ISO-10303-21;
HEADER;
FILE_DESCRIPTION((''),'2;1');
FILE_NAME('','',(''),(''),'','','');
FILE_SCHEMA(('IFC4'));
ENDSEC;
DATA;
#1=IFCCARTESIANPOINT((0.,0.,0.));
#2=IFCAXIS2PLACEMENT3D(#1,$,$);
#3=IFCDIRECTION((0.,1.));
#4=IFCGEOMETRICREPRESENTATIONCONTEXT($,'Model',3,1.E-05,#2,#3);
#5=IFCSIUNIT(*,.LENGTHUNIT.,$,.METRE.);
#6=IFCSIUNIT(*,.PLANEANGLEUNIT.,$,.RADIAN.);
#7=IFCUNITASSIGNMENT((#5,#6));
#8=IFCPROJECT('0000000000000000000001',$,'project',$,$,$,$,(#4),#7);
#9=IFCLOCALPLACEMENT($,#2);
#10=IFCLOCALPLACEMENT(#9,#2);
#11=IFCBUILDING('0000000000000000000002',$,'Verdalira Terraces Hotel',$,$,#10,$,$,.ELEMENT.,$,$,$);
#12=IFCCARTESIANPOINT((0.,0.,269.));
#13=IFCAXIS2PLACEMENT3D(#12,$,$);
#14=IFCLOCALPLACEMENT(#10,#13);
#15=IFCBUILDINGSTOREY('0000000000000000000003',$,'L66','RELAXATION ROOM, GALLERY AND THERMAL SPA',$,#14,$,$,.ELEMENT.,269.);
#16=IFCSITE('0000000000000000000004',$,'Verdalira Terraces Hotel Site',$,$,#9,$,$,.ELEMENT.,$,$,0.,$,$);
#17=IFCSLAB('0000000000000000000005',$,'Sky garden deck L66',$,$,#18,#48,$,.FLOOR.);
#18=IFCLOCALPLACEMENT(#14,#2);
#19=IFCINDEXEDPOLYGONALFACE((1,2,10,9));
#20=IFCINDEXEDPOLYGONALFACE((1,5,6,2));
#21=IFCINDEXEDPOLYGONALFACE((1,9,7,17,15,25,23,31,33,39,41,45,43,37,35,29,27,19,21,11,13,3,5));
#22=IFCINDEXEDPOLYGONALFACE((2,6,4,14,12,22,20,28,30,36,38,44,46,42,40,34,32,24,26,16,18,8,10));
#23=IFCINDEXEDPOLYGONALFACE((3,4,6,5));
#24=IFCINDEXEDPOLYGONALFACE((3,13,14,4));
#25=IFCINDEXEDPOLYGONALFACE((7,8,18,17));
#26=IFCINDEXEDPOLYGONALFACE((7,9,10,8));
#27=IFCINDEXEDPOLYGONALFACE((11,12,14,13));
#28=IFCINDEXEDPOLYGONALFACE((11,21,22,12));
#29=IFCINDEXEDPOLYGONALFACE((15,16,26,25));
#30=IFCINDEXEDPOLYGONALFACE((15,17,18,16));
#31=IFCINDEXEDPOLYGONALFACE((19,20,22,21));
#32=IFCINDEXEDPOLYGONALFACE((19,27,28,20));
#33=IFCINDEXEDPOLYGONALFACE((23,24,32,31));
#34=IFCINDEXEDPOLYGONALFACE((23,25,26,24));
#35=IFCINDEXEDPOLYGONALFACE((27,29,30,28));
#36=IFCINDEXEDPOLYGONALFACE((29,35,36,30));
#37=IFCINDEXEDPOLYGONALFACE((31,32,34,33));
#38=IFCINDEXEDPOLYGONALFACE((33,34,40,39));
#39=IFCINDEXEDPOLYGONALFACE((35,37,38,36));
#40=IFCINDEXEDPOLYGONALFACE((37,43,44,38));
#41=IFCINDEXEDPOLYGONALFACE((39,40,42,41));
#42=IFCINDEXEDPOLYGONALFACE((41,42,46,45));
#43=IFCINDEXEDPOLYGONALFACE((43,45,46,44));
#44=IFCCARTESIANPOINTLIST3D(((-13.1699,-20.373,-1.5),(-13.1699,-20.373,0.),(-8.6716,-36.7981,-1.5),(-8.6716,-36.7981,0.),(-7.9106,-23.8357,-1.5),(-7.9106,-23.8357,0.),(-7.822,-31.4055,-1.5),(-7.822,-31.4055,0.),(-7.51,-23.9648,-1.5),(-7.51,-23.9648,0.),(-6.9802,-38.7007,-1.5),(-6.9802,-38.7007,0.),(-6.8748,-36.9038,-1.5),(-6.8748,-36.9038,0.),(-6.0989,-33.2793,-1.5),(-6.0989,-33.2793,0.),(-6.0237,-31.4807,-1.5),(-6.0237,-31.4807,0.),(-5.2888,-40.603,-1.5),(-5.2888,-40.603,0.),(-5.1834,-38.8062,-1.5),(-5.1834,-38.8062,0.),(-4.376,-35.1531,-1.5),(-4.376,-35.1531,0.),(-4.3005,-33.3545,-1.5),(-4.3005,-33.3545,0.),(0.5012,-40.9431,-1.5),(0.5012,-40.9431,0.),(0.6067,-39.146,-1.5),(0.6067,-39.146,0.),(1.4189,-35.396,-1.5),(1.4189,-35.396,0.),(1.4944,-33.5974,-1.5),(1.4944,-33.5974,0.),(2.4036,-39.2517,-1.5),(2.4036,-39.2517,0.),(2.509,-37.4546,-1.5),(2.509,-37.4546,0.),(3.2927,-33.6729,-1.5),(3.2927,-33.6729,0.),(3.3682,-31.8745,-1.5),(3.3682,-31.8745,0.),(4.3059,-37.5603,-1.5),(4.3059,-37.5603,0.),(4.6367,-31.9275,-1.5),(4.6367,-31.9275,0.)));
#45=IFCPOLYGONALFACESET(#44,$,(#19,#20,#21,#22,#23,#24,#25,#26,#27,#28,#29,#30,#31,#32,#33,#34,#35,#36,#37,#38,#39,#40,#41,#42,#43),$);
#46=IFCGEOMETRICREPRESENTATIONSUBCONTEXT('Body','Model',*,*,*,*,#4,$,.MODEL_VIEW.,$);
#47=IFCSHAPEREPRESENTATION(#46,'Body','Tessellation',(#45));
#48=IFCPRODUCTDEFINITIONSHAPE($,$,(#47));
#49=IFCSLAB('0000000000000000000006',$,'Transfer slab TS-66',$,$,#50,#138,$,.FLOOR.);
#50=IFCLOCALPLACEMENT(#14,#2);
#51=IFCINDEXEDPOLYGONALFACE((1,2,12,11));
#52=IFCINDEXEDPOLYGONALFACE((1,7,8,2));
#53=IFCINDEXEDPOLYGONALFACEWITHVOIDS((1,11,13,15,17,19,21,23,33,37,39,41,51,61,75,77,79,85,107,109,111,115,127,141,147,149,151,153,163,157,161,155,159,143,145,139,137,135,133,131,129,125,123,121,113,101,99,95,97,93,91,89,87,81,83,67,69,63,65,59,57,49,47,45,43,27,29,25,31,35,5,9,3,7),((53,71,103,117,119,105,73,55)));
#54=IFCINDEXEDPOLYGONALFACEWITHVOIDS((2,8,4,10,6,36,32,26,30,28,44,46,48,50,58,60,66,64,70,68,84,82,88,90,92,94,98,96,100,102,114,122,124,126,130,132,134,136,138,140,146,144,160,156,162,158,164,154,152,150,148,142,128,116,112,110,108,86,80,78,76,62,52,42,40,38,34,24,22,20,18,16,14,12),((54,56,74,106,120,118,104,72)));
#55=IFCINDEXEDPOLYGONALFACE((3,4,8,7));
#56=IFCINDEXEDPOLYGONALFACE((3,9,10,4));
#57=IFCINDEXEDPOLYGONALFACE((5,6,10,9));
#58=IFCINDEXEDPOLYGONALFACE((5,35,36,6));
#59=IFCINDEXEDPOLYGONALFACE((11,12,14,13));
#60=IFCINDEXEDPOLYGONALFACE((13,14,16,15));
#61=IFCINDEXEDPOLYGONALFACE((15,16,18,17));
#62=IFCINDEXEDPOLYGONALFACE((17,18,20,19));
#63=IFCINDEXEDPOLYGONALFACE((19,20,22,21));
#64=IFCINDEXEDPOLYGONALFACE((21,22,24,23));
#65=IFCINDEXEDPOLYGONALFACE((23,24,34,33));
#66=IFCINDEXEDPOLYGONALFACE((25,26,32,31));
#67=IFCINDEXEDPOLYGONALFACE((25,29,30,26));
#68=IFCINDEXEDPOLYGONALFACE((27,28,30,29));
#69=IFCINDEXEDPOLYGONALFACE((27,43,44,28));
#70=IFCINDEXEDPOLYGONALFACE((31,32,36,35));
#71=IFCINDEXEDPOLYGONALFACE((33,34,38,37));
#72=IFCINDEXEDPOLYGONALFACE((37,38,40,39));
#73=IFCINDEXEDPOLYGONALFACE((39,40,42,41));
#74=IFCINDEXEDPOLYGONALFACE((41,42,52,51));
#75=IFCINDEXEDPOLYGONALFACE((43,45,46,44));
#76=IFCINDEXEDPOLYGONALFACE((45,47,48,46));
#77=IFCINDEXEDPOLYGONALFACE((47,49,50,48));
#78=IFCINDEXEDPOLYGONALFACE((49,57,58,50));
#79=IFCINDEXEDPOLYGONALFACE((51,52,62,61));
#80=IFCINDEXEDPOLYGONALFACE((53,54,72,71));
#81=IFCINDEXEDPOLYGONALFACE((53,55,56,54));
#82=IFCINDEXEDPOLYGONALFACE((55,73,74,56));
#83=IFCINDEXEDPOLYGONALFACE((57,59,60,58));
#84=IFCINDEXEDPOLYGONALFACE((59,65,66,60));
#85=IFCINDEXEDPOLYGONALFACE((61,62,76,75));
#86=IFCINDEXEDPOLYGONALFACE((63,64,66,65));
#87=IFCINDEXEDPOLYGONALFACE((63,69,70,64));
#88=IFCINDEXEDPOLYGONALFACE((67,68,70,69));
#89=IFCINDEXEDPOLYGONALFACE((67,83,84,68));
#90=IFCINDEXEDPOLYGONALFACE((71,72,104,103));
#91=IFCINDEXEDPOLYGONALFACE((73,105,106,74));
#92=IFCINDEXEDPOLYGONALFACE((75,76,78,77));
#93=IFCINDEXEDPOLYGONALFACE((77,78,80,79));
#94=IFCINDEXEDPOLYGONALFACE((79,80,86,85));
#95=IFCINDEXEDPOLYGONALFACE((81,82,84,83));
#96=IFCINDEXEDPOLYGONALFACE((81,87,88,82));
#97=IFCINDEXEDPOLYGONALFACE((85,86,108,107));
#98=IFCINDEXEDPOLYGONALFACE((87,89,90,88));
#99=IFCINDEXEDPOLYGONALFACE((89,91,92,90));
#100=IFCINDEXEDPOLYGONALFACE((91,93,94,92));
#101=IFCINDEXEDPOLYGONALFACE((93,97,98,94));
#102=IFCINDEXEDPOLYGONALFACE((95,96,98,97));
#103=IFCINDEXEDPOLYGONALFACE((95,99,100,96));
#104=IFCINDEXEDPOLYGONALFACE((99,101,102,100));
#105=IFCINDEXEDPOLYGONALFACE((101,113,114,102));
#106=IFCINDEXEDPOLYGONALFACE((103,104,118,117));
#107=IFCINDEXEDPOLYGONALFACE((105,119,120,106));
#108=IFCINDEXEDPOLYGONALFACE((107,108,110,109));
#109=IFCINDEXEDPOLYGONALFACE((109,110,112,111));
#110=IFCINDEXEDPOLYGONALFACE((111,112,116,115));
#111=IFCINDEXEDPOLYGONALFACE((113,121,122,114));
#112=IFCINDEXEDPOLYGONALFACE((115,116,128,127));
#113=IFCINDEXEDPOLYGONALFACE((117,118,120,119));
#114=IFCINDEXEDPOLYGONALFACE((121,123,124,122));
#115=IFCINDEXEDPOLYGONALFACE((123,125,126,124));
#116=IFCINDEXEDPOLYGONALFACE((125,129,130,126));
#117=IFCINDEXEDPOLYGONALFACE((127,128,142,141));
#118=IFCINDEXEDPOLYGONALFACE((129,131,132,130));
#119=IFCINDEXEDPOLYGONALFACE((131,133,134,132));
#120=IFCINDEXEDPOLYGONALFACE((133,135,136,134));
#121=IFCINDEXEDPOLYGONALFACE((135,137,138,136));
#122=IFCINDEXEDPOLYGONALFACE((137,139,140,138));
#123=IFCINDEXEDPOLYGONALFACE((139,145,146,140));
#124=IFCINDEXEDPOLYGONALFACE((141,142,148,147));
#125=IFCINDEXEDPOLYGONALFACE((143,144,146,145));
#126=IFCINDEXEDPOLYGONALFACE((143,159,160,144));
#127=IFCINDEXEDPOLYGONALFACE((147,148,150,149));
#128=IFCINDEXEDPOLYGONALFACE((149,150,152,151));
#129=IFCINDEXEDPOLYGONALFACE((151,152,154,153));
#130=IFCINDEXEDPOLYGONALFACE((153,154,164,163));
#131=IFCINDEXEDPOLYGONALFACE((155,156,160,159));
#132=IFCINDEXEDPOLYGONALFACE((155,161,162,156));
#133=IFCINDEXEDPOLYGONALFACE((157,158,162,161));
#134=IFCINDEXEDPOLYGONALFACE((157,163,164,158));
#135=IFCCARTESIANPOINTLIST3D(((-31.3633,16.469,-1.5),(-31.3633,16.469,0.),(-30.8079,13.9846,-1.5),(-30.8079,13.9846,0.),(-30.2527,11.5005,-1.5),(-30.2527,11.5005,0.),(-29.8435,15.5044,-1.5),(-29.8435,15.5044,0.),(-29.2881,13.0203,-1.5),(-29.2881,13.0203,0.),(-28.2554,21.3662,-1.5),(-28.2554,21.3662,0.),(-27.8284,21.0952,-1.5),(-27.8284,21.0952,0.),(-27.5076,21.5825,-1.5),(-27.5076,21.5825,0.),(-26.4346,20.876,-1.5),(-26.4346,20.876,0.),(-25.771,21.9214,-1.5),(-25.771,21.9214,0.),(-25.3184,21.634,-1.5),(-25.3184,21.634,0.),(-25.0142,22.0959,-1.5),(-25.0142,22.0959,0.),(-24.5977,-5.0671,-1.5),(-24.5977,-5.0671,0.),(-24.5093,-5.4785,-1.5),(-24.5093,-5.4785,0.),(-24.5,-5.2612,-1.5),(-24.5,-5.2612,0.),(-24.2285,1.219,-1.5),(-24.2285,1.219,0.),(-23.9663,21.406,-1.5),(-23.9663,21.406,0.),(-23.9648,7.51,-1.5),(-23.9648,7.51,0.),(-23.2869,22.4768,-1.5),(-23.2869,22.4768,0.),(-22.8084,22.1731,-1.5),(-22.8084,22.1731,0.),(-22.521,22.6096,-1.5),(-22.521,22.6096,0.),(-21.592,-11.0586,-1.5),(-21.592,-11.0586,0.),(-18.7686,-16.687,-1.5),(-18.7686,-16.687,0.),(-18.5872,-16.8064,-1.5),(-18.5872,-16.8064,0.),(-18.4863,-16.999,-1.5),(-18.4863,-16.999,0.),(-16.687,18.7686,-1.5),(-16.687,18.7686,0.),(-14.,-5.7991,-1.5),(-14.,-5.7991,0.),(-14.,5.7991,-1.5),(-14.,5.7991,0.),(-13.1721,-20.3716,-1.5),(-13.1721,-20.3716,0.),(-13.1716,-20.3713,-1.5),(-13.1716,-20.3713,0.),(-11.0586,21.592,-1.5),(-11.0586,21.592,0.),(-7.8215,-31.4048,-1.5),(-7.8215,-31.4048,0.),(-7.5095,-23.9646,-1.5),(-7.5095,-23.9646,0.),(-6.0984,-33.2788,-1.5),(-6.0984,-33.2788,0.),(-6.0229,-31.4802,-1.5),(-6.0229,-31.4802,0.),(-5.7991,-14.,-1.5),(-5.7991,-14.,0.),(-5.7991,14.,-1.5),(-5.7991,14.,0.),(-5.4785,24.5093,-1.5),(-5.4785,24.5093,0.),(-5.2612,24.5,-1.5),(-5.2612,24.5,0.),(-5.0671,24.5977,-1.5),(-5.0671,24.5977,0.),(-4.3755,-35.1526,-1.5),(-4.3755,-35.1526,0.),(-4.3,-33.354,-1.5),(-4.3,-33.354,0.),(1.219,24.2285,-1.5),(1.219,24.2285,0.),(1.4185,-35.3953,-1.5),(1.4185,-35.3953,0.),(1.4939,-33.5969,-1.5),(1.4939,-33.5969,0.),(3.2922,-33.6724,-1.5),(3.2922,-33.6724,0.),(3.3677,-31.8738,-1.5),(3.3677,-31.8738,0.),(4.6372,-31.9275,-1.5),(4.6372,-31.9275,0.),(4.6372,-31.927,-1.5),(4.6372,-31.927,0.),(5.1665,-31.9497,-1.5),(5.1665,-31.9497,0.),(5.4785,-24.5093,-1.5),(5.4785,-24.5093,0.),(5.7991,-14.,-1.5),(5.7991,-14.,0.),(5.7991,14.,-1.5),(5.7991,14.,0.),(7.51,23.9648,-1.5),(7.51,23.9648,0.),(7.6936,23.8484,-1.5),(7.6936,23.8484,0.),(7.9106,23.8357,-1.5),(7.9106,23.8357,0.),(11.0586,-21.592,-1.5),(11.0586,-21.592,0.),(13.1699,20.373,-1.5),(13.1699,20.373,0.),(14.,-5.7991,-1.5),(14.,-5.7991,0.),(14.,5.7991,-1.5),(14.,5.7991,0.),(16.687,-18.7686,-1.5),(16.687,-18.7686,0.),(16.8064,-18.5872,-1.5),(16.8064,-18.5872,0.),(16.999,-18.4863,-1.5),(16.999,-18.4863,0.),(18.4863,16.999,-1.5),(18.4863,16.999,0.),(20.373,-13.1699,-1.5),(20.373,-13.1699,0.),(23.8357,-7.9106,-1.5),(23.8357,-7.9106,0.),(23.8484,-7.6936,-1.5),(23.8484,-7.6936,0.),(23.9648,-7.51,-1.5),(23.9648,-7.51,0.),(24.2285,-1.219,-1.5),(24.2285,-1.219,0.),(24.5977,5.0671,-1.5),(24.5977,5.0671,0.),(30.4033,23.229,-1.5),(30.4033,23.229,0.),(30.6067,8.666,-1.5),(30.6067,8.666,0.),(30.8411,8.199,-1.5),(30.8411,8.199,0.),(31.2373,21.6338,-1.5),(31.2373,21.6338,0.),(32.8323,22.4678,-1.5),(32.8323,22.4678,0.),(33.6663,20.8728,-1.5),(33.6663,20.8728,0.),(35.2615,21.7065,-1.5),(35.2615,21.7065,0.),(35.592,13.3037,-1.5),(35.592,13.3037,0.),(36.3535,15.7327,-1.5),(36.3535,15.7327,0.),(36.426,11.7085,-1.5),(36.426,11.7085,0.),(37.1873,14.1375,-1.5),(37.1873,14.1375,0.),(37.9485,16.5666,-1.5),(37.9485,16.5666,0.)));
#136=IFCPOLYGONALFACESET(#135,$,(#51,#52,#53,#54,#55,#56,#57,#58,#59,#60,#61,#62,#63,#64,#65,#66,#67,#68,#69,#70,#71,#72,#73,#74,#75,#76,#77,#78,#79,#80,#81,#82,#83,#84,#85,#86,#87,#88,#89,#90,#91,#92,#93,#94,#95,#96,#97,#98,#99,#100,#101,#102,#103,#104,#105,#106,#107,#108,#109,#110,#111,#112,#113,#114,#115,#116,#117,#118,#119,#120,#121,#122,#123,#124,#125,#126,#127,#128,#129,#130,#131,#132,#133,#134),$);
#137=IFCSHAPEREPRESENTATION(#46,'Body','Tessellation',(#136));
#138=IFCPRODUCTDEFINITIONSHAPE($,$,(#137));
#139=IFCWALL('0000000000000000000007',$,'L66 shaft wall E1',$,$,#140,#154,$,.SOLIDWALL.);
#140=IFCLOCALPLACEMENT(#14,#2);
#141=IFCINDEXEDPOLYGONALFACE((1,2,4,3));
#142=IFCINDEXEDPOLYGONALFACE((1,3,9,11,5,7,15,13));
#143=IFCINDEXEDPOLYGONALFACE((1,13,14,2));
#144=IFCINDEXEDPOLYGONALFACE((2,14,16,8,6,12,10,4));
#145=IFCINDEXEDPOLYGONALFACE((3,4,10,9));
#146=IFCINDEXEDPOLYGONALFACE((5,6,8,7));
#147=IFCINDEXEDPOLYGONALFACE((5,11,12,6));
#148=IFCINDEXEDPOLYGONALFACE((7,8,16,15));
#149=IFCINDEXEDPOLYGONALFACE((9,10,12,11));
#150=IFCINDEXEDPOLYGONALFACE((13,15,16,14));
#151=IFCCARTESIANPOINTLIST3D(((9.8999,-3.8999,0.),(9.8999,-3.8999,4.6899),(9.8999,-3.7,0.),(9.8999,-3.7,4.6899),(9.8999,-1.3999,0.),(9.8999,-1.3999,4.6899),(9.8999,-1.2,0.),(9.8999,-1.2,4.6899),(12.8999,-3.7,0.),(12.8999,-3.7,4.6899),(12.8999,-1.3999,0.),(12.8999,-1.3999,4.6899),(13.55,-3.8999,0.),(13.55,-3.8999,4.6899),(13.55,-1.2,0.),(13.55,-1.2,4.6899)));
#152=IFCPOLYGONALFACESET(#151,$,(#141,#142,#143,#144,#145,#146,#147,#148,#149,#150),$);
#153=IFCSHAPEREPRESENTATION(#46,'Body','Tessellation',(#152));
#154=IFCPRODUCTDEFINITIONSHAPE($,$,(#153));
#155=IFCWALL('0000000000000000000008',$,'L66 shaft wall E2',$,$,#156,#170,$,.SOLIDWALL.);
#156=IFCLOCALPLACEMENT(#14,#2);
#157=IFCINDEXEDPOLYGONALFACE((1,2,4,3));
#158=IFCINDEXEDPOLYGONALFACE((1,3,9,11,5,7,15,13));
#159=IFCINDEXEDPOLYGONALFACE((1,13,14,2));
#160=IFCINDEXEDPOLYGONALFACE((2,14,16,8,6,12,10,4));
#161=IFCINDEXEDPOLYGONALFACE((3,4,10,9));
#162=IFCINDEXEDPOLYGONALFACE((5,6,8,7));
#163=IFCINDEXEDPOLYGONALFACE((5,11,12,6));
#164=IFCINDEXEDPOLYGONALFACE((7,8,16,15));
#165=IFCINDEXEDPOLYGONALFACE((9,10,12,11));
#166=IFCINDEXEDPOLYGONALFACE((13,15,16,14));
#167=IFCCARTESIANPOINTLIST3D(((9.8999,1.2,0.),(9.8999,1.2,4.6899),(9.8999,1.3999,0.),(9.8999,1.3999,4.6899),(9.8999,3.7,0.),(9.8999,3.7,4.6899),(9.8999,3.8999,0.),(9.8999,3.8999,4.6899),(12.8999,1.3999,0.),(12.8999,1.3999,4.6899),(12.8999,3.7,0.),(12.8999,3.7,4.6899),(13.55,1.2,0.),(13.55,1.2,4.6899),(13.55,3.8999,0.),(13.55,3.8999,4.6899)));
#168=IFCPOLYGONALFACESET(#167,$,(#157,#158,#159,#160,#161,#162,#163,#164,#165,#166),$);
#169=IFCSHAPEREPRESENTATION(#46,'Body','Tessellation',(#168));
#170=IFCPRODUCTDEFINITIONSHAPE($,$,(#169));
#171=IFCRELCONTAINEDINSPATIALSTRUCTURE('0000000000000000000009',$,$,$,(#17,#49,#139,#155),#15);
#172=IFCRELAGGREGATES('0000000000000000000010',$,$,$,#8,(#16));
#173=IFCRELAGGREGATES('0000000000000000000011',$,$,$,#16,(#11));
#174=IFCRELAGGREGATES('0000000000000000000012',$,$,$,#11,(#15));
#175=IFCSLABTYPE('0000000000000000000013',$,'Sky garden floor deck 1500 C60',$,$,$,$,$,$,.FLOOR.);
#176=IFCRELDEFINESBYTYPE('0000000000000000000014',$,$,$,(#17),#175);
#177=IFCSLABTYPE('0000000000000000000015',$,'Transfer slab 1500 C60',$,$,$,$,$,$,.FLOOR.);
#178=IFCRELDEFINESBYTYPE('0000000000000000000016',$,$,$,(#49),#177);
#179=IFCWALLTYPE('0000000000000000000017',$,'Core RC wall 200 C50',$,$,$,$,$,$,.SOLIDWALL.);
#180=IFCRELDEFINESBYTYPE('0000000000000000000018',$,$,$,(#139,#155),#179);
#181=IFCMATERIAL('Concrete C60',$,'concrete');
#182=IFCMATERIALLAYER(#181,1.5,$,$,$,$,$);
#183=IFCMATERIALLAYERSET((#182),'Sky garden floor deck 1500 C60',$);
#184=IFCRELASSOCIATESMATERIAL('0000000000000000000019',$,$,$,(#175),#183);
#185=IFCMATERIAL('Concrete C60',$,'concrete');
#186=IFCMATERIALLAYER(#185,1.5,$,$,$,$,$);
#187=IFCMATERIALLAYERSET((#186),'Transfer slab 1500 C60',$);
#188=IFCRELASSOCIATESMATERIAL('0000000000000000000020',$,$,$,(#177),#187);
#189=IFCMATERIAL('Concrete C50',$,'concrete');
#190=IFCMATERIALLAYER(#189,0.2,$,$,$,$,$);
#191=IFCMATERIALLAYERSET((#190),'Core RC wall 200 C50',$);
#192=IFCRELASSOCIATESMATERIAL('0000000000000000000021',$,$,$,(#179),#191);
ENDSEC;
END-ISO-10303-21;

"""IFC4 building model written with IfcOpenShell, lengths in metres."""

from ifc_helpers import new_model, si_unit, direction, frame, origin, place, context, subcontext, project, spatial, polyline, outline, extrude, material, layer, layer_set, type_object, element, save


model = new_model("IFC4")

# Units and contexts
model_context = context("Model", 3, precision=1e-05, world=origin(), true_north=direction((0.0, 1.0)))
body_context = subcontext(model_context, "Body", "Model", "MODEL_VIEW")
ifc_project = project(units=[si_unit("LENGTHUNIT", "METRE"), si_unit("PLANEANGLEUNIT", "RADIAN")], contexts=[model_context])

# Site, building, storey
site_placement = place(None, origin())
site = spatial("IfcSite", under=ifc_project, at=site_placement, Name="Verdalira Terraces Hotel Site", CompositionType="ELEMENT", RefElevation=0.0)
building_placement = place(site_placement, origin())
building = spatial("IfcBuilding", under=site, at=building_placement, Name="Verdalira Terraces Hotel", CompositionType="ELEMENT")
storey_placement = place(building_placement, frame((0.0, 0.0, 269.0)))
storey = spatial("IfcBuildingStorey", under=building, at=storey_placement, Name="L66", Description="RELAXATION ROOM, GALLERY AND THERMAL SPA", CompositionType="ELEMENT", Elevation=269.0)

# Slabs
ifc_material_1 = material(Name="Concrete C60", Category="concrete")
ifc_layer_1 = layer(ifc_material_1, 1.5)
ifc_layer_set_1 = layer_set([ifc_layer_1], Name="Sky garden floor deck 1500 C60")
slab_type_1 = type_object("IfcSlabType", Name="Sky garden floor deck 1500 C60", PredefinedType="FLOOR", material=ifc_layer_set_1)
slab_1_placement = place(storey_placement, frame((0.0, 0.0, -1.5)))
element("IfcSlab", 1, at=slab_1_placement, inside=storey, type_object=slab_type_1, Name="Sky garden deck L66", PredefinedType="FLOOR", context=body_context, shape_type="SweptSolid", body=[
    extrude(outline(polyline([(4.3059, -37.5603), (4.6367, -31.9275), (3.3682, -31.8745), (3.2927, -33.6729), (1.4944, -33.5974), (1.4189, -35.396), (-4.376, -35.1531), (-4.3005, -33.3545), (-6.0989, -33.2793), (-6.0237, -31.4807), (-7.822, -31.4055), (-7.51, -23.9648), (-13.1699, -20.373), (-7.9106, -23.8357), (-8.6716, -36.7981), (-6.8748, -36.9038), (-6.9802, -38.7007), (-5.1833, -38.8062), (-5.2888, -40.603), (0.5012, -40.9431), (0.6067, -39.146), (2.4036, -39.2517), (2.509, -37.4546), (4.3059, -37.5603)])), origin(), (0.0, 0.0, 1.0), 1.5),
])
ifc_material_2 = material(Name="Concrete C60", Category="concrete")
ifc_layer_2 = layer(ifc_material_2, 1.5)
ifc_layer_set_2 = layer_set([ifc_layer_2], Name="Transfer slab 1500 C60")
slab_type_2 = type_object("IfcSlabType", Name="Transfer slab 1500 C60", PredefinedType="FLOOR", material=ifc_layer_set_2)
slab_2_placement = place(storey_placement, frame((0.0, 0.0, -1.5)))
element("IfcSlab", 2, at=slab_2_placement, inside=storey, type_object=slab_type_2, Name="Transfer slab TS-66", PredefinedType="FLOOR", context=body_context, shape_type="SweptSolid", body=[
    extrude(outline(polyline([(-11.0586, 21.592), (-16.687, 18.7686), (-22.521, 22.6096), (-22.8084, 22.1731), (-23.2869, 22.4768), (-23.9663, 21.406), (-25.0142, 22.0959), (-25.3184, 21.634), (-25.771, 21.9214), (-26.4346, 20.876), (-27.5076, 21.5825), (-27.8284, 21.0952), (-28.2554, 21.3662), (-31.3633, 16.469), (-29.8435, 15.5044), (-30.8079, 13.9846), (-29.2881, 13.0203), (-30.2527, 11.5005), (-23.9648, 7.51), (-24.2285, 1.219), (-24.5977, -5.0671), (-24.5, -5.2612), (-24.5093, -5.4785), (-21.592, -11.0586), (-18.7686, -16.687), (-18.5872, -16.8064), (-18.4863, -16.999), (-13.1721, -20.3716), (-13.1716, -20.3713), (-7.5095, -23.9646), (-7.8215, -31.4048), (-6.0229, -31.4802), (-6.0984, -33.2788), (-4.3, -33.354), (-4.3755, -35.1526), (1.4185, -35.3953), (1.4939, -33.5969), (3.2922, -33.6724), (3.3677, -31.8738), (4.6372, -31.927), (4.6372, -31.9275), (5.1665, -31.9497), (5.4785, -24.5093), (11.0586, -21.592), (16.687, -18.7686), (16.8064, -18.5872), (16.999, -18.4863), (20.373, -13.1699), (23.8357, -7.9106), (23.8484, -7.6936), (23.9648, -7.51), (24.2285, -1.219), (24.5977, 5.0671), (30.8411, 8.199), (30.6067, 8.666), (36.426, 11.7085), (35.592, 13.3037), (37.1873, 14.1375), (36.3535, 15.7327), (37.9485, 16.5666), (35.2615, 21.7065), (33.6663, 20.8728), (32.8323, 22.4678), (31.2373, 21.6338), (30.4033, 23.229), (18.4863, 16.999), (13.1699, 20.373), (7.9106, 23.8357), (7.6936, 23.8484), (7.51, 23.9648), (1.219, 24.2285), (-5.0671, 24.5977), (-5.2612, 24.5), (-5.4785, 24.5093), (-11.0586, 21.592)]), holes=[polyline([(5.7991, 14.0), (14.0, 5.7991), (14.0, -5.7991), (5.7991, -14.0), (-5.7991, -14.0), (-14.0, -5.7991), (-14.0, 5.7991), (-5.7991, 14.0), (5.7991, 14.0)])]), origin(), (0.0, 0.0, 1.0), 1.5),
])

# Walls
ifc_material_3 = material(Name="Concrete C50", Category="concrete")
ifc_layer_3 = layer(ifc_material_3, 0.2)
ifc_layer_set_3 = layer_set([ifc_layer_3], Name="Core RC wall 200 C50")
wall_type_1 = type_object("IfcWallType", Name="Core RC wall 200 C50", PredefinedType="SOLIDWALL", material=ifc_layer_set_3)
wall_1_placement = place(storey_placement, origin())
element("IfcWall", 3, at=wall_1_placement, inside=storey, type_object=wall_type_1, Name="L66 shaft wall E1", PredefinedType="SOLIDWALL", context=body_context, shape_type="SweptSolid", body=[
    extrude(outline(polyline([(13.55, -3.8999), (9.8999, -3.8999), (9.8999, -3.7), (12.8999, -3.7), (12.8999, -1.3999), (9.8999, -1.3999), (9.8999, -1.2), (13.55, -1.2), (13.55, -3.8999)])), origin(), (0.0, 0.0, 1.0), 4.6899),
])
wall_2_placement = place(storey_placement, origin())
element("IfcWall", 4, at=wall_2_placement, inside=storey, type_object=wall_type_1, Name="L66 shaft wall E2", PredefinedType="SOLIDWALL", context=body_context, shape_type="SweptSolid", body=[
    extrude(outline(polyline([(13.55, 3.8999), (13.55, 1.2), (9.8999, 1.2), (9.8999, 1.3999), (12.8999, 1.3999), (12.8999, 3.7), (9.8999, 3.7), (9.8999, 3.8999), (13.55, 3.8999)])), origin(), (0.0, 0.0, 1.0), 4.6899),
])

save(model, "model.ifc")
